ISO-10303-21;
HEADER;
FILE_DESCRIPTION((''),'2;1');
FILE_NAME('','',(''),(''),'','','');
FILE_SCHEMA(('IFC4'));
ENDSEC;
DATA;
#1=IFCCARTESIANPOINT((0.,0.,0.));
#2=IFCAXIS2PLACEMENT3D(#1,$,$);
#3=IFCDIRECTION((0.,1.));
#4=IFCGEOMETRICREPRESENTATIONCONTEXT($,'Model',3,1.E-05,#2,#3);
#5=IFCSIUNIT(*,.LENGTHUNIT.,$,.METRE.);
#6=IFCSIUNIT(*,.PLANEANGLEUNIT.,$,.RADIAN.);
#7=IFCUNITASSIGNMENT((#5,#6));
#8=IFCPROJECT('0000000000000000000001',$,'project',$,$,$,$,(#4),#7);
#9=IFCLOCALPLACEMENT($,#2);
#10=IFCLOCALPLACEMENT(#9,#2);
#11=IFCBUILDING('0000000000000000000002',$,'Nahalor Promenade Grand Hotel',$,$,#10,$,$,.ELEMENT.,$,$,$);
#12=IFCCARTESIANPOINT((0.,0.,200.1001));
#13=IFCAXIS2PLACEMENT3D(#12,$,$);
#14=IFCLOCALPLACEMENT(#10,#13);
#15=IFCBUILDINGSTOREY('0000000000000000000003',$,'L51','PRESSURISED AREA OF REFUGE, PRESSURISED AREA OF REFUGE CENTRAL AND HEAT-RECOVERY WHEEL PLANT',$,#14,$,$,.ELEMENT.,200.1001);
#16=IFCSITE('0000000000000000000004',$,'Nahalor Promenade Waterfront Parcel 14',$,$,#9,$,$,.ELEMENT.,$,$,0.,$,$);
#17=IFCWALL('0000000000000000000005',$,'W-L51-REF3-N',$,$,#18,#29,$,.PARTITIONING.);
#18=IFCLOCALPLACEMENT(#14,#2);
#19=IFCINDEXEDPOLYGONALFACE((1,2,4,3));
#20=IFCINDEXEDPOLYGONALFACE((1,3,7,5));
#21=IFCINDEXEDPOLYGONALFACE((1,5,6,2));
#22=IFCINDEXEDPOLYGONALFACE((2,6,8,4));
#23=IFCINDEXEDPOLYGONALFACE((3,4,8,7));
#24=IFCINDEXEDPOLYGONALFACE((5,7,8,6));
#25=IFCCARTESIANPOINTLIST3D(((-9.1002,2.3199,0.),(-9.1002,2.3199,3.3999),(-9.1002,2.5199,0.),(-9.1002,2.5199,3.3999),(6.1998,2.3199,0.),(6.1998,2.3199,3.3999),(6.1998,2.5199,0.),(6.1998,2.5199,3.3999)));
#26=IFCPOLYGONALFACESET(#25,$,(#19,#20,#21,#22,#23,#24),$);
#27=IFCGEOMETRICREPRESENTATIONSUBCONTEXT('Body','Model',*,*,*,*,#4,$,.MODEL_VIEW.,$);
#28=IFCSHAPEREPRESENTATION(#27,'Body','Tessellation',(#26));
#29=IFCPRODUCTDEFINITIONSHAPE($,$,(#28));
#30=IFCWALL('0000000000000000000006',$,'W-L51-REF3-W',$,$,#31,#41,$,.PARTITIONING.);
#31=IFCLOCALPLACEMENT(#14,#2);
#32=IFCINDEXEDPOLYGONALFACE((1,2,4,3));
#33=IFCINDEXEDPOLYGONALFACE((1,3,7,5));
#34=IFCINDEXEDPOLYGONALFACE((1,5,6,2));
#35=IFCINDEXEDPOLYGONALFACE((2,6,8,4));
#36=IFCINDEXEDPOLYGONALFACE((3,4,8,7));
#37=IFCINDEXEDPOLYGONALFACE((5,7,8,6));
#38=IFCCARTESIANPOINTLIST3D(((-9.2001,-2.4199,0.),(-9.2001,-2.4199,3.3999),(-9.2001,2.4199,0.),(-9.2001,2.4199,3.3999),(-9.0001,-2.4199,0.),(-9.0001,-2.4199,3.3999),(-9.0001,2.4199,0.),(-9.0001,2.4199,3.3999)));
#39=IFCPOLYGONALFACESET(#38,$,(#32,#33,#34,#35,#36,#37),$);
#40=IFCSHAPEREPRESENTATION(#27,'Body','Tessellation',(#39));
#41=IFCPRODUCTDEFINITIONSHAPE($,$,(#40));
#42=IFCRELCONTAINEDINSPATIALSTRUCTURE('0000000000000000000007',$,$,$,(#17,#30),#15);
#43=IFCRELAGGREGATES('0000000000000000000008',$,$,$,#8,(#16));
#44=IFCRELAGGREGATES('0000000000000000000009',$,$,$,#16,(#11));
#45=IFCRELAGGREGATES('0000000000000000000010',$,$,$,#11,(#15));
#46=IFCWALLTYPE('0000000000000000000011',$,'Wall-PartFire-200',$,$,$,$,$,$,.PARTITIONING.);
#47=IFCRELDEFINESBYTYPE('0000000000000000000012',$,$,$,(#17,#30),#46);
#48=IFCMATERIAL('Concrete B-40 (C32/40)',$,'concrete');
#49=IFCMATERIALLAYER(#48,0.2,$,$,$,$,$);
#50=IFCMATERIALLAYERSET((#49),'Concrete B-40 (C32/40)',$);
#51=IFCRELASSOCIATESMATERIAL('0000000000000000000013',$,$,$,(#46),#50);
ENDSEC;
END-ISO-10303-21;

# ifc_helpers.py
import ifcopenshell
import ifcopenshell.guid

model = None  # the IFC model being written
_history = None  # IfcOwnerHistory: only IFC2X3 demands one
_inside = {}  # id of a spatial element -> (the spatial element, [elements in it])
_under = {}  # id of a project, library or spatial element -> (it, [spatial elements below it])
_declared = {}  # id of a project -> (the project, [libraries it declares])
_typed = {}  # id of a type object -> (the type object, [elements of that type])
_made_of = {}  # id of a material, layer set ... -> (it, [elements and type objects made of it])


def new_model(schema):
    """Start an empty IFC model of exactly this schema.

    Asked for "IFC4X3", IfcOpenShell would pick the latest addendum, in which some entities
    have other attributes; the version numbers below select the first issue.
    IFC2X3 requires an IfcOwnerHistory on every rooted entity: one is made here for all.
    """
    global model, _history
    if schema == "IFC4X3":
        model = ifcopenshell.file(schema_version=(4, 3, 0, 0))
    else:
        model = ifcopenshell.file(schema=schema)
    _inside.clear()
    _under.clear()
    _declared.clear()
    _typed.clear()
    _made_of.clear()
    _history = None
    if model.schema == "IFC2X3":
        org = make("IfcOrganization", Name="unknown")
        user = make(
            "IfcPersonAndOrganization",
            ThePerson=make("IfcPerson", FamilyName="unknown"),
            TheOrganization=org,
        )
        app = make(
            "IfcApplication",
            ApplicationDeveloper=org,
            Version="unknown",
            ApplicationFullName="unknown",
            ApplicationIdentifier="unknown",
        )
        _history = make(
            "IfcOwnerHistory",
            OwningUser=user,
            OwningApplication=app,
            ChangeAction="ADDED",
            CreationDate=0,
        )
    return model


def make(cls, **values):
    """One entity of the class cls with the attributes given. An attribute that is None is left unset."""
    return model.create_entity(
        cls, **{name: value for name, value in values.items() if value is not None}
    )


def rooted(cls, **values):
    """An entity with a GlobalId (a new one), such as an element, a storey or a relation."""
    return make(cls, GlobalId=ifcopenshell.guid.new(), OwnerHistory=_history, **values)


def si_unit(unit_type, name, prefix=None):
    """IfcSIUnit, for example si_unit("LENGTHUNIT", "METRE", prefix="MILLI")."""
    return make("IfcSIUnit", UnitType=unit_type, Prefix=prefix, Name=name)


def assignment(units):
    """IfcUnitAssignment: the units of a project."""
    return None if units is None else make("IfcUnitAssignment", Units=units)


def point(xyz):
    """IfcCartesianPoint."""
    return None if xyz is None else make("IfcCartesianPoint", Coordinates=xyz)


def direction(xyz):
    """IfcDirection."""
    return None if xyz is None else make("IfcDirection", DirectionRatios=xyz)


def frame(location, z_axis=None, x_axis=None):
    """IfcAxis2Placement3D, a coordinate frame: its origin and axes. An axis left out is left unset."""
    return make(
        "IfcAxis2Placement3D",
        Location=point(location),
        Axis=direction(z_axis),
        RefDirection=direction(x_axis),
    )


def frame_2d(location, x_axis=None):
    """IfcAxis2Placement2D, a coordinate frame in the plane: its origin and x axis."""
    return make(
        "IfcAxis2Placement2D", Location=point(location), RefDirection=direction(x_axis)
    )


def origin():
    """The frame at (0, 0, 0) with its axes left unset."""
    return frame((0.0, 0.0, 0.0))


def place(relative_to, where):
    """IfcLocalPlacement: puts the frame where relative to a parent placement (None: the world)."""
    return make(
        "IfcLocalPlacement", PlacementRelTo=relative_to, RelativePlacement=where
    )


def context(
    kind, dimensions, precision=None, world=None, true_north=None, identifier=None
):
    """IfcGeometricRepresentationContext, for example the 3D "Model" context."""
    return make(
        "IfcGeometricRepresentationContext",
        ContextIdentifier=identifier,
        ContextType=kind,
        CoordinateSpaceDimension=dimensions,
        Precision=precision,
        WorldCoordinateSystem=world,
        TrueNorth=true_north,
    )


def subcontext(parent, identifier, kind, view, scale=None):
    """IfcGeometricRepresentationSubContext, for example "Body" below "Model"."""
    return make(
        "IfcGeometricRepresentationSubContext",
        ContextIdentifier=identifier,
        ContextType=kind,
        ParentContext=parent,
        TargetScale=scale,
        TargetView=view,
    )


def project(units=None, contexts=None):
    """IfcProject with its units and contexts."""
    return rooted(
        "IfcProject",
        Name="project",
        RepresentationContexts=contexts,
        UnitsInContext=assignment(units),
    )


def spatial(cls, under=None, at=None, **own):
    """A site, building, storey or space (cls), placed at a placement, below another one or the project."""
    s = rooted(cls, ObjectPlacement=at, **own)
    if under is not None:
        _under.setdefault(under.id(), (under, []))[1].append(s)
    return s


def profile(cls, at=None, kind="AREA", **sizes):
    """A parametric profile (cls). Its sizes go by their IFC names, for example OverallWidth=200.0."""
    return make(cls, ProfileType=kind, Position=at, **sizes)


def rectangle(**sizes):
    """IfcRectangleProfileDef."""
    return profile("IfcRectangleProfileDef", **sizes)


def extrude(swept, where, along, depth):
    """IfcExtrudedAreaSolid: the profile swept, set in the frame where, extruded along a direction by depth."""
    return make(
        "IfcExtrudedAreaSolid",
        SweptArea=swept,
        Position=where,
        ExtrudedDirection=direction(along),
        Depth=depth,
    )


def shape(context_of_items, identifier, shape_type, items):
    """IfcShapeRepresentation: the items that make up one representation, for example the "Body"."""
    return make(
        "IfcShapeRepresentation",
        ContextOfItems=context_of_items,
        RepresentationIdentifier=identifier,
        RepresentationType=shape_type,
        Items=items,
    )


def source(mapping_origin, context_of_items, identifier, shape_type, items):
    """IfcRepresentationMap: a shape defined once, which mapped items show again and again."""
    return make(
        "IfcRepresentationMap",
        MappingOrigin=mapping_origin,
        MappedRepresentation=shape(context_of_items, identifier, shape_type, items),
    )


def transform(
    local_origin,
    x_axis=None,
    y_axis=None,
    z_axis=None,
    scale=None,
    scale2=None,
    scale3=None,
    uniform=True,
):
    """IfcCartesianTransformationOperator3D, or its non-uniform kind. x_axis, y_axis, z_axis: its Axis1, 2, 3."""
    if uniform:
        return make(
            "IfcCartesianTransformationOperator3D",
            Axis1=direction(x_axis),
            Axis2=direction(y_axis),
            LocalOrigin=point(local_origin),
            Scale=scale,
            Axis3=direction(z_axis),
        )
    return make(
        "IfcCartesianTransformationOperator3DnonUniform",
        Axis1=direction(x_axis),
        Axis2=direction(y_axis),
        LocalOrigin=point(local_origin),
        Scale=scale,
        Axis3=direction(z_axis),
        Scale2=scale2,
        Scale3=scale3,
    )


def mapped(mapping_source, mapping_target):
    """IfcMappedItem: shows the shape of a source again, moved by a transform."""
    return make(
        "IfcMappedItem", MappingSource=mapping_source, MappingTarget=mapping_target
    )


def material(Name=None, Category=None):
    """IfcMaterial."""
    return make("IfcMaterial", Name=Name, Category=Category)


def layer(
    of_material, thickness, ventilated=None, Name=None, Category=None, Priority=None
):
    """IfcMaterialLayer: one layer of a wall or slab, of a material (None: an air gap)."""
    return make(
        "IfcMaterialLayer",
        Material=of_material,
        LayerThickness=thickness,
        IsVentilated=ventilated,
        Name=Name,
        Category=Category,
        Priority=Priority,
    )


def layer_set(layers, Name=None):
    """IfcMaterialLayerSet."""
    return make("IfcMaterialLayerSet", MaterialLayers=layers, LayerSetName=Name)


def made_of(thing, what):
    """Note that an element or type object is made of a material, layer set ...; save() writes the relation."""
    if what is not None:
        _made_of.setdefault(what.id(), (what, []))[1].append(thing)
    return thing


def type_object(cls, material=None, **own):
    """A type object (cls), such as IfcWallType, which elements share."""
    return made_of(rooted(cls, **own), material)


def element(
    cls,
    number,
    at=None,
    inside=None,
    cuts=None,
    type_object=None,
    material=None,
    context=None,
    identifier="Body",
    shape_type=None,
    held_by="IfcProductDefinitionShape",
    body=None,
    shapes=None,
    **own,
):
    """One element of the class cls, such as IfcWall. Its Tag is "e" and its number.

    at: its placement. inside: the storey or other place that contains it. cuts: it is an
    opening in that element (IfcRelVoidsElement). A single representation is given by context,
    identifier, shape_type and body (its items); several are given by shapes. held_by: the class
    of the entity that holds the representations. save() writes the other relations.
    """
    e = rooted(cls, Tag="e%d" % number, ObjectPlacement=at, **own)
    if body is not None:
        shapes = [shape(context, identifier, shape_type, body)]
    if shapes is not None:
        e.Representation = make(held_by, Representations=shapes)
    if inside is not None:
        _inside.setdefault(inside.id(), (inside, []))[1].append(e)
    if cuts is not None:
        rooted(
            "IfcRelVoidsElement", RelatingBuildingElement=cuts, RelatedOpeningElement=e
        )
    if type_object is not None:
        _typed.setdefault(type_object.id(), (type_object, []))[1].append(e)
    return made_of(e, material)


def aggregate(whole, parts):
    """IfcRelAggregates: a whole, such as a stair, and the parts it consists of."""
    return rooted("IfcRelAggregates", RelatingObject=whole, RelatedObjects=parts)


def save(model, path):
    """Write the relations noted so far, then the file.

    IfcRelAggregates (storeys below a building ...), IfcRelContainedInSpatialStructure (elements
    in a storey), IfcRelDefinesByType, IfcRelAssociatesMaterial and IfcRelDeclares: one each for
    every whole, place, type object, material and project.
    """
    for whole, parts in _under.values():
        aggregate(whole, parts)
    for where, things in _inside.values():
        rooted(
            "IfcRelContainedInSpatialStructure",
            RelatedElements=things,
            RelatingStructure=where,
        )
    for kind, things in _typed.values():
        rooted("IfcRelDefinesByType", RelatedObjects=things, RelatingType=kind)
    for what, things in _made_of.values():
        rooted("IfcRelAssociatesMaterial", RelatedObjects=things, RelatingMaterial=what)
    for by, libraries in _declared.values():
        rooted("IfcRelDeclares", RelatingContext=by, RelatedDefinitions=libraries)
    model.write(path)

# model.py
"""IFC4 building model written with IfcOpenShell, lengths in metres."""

from ifc_helpers import new_model, si_unit, direction, frame, frame_2d, origin, place, context, subcontext, project, spatial, rectangle, extrude, source, transform, mapped, material, layer, layer_set, type_object, element, save


model = new_model("IFC4")

# Units and contexts
model_context = context("Model", 3, precision=1e-05, world=origin(), true_north=direction((0.0, 1.0)))
body_context = subcontext(model_context, "Body", "Model", "MODEL_VIEW")
ifc_project = project(units=[si_unit("LENGTHUNIT", "METRE"), si_unit("PLANEANGLEUNIT", "RADIAN")], contexts=[model_context])

# Site, building, storey
site_placement = place(None, origin())
site = spatial("IfcSite", under=ifc_project, at=site_placement, Name="Nahalor Promenade Waterfront Parcel 14", CompositionType="ELEMENT", RefElevation=0.0)
building_placement = place(site_placement, origin())
building = spatial("IfcBuilding", under=site, at=building_placement, Name="Nahalor Promenade Grand Hotel", CompositionType="ELEMENT")
storey_placement = place(building_placement, frame((0.0, 0.0, 200.1001)))
storey = spatial("IfcBuildingStorey", under=building, at=storey_placement, Name="L51", Description="PRESSURISED AREA OF REFUGE, PRESSURISED AREA OF REFUGE CENTRAL AND HEAT-RECOVERY WHEEL PLANT", CompositionType="ELEMENT", Elevation=200.1001)

# Shared definitions
ifc_material_1 = material(Name="Concrete B-40 (C32/40)", Category="concrete")
ifc_layer_1 = layer(ifc_material_1, 0.2)
ifc_layer_set_1 = layer_set([ifc_layer_1], Name="Concrete B-40 (C32/40)")
wall_type_1 = type_object("IfcWallType", Name="Wall-PartFire-200", PredefinedType="PARTITIONING", material=ifc_layer_set_1)

# Walls
shared_shape_1 = source(origin(), body_context, "Body", "SweptSolid", [
    extrude(rectangle(XDim=15.3, YDim=0.2, at=frame_2d((7.6499, 0.0))), origin(), (0.0, 0.0, 1.0), 3.3999),
])
wall_1_placement = place(storey_placement, frame((-9.1001, 2.4199, 0.0), z_axis=(0.0, 0.0, 1.0), x_axis=(1.0, 0.0, 0.0)))
element("IfcWall", 1, at=wall_1_placement, inside=storey, type_object=wall_type_1, Name="W-L51-REF3-N", PredefinedType="PARTITIONING", context=body_context, shape_type="MappedRepresentation", body=[
    mapped(shared_shape_1, transform((0.0, 0.0, 0.0), scale=1.0)),
])
shared_shape_2 = source(origin(), body_context, "Body", "SweptSolid", [
    extrude(rectangle(XDim=4.8398, YDim=0.2, at=frame_2d((2.4199, 0.0))), origin(), (0.0, 0.0, 1.0), 3.3999),
])
wall_2_placement = place(storey_placement, frame((-9.1001, -2.4199, 0.0), z_axis=(0.0, 0.0, 1.0), x_axis=(0.0, 1.0, 0.0)))
element("IfcWall", 2, at=wall_2_placement, inside=storey, type_object=wall_type_1, Name="W-L51-REF3-W", PredefinedType="PARTITIONING", context=body_context, shape_type="MappedRepresentation", body=[
    mapped(shared_shape_2, transform((0.0, 0.0, 0.0), scale=1.0)),
])

save(model, "model.ifc")
